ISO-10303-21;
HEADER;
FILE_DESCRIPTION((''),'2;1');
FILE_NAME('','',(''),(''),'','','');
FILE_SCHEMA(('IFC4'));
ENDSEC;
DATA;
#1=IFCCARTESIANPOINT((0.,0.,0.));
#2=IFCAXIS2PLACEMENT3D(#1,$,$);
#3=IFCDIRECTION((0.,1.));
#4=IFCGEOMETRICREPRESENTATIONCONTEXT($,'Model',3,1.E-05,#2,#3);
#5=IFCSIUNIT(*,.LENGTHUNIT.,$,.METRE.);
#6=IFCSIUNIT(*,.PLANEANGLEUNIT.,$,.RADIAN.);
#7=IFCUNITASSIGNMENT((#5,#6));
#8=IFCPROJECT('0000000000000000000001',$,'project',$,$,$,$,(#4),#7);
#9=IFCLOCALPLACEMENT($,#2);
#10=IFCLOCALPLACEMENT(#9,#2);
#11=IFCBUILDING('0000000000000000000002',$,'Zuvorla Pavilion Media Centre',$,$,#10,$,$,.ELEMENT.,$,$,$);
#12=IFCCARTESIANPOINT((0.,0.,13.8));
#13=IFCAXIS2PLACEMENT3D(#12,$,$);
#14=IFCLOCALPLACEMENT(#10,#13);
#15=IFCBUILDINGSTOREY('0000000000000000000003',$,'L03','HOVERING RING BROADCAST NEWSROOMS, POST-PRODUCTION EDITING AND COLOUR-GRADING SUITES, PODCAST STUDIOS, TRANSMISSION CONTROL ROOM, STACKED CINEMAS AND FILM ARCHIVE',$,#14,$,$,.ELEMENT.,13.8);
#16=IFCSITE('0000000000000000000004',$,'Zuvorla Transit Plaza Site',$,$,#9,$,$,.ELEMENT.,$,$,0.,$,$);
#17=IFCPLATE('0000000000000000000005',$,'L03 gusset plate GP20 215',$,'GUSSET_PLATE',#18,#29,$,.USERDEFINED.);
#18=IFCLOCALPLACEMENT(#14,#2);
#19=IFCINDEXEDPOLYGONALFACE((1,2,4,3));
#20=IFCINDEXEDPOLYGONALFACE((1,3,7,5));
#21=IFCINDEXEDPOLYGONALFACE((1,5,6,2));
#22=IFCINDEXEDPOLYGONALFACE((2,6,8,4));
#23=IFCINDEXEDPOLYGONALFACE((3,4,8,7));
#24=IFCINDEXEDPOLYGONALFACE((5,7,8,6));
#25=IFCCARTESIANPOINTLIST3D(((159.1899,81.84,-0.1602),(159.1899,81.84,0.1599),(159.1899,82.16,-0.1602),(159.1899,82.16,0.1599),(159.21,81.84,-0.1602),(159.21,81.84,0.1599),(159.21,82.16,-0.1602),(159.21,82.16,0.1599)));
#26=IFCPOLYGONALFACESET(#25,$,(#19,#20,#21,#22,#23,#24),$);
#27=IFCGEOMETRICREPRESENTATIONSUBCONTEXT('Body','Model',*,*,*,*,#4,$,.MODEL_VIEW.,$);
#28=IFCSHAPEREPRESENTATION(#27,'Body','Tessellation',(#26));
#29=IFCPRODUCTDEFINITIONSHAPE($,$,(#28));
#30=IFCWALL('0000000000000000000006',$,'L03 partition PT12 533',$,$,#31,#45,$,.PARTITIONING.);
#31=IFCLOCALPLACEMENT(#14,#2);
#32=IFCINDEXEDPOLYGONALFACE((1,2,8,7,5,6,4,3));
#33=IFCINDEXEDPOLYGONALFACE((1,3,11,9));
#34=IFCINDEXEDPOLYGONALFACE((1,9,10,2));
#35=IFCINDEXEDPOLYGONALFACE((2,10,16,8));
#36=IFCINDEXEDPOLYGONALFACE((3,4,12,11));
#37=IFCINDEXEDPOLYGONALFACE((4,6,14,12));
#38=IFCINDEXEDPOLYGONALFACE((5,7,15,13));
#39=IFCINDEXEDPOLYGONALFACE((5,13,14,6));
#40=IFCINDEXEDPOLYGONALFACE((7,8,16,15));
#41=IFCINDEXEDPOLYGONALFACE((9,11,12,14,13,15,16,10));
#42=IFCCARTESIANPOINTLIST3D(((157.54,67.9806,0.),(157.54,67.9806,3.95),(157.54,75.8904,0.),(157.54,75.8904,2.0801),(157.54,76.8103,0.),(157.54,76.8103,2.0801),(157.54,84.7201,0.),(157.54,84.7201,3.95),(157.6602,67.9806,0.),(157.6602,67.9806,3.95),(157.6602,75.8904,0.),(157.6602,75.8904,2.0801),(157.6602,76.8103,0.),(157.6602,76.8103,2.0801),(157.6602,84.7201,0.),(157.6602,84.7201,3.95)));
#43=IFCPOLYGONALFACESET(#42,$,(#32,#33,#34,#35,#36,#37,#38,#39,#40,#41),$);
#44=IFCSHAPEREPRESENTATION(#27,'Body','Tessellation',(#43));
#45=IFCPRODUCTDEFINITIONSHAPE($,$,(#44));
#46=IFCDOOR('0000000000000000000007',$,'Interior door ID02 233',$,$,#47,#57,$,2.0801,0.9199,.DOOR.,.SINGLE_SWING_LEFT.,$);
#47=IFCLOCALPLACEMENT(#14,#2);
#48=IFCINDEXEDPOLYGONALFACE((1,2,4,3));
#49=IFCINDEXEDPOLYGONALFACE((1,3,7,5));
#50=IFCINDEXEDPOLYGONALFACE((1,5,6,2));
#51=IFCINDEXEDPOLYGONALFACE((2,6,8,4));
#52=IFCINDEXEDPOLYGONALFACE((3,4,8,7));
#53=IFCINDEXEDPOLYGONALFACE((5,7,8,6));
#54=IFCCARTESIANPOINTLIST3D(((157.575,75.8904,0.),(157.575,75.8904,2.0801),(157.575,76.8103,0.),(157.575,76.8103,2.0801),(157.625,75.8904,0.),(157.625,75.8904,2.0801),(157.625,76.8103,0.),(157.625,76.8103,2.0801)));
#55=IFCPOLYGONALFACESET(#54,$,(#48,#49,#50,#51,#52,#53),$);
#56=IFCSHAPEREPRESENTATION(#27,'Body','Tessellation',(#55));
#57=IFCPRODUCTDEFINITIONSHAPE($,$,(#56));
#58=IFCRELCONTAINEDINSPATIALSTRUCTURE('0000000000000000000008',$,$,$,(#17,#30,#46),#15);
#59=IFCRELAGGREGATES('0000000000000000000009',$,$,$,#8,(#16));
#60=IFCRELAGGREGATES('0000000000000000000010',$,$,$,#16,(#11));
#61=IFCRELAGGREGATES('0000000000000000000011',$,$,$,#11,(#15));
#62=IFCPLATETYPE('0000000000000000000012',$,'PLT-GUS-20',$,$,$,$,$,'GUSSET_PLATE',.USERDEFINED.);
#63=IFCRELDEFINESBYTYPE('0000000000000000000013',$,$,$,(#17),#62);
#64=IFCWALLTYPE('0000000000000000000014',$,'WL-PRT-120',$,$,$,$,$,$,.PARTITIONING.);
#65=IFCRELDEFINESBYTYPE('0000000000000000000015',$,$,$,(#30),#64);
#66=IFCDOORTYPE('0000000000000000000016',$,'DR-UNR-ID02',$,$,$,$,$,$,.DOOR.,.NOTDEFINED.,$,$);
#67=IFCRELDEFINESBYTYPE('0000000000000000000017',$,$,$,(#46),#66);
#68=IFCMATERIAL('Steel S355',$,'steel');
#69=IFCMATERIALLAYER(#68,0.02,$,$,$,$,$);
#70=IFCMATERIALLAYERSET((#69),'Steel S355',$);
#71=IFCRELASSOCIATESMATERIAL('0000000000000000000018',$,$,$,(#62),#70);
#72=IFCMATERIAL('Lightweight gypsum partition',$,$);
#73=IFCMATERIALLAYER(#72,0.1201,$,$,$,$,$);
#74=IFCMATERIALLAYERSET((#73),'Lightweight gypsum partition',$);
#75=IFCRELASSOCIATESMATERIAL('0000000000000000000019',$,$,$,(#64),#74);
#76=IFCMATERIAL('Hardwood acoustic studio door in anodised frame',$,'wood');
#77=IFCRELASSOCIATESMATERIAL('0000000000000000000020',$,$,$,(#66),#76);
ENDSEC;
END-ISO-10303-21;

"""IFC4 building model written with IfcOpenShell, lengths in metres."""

from ifc_helpers import new_model, si_unit, direction, frame, frame_2d, origin, origin_2d, place, context, subcontext, project, spatial, rectangle, extrude, material, layer, layer_set, type_object, element, fill, save


model = new_model("IFC4")

# Units and contexts
model_context = context("Model", 3, precision=1e-05, world=origin(), true_north=direction((0.0, 1.0)))
body_context = subcontext(model_context, "Body", "Model", "MODEL_VIEW")
ifc_project = project(units=[si_unit("LENGTHUNIT", "METRE"), si_unit("PLANEANGLEUNIT", "RADIAN")], contexts=[model_context])

# Site, building, storey
site_placement = place(None, origin())
site = spatial("IfcSite", under=ifc_project, at=site_placement, Name="Zuvorla Transit Plaza Site", CompositionType="ELEMENT", RefElevation=0.0)
building_placement = place(site_placement, origin())
building = spatial("IfcBuilding", under=site, at=building_placement, Name="Zuvorla Pavilion Media Centre", CompositionType="ELEMENT")
storey_placement = place(building_placement, frame((0.0, 0.0, 13.8)))
storey = spatial("IfcBuildingStorey", under=building, at=storey_placement, Name="L03", Description="HOVERING RING BROADCAST NEWSROOMS, POST-PRODUCTION EDITING AND COLOUR-GRADING SUITES, PODCAST STUDIOS, TRANSMISSION CONTROL ROOM, STACKED CINEMAS AND FILM ARCHIVE", CompositionType="ELEMENT", Elevation=13.8)

# Shared definitions
ifc_material_1 = material(Name="Steel S355", Category="steel")

# Plate
ifc_layer_1 = layer(ifc_material_1, 0.02)
ifc_layer_set_1 = layer_set([ifc_layer_1], Name="Steel S355")
plate_type_1 = type_object("IfcPlateType", Name="PLT-GUS-20", ElementType="GUSSET_PLATE", PredefinedType="USERDEFINED", material=ifc_layer_set_1)
plate_1_placement = place(storey_placement, frame((159.2, 82.0, -0.1602), z_axis=(0.0, 0.0, 1.0), x_axis=(1.0, 0.0, 0.0)))
element("IfcPlate", 1, at=plate_1_placement, inside=storey, type_object=plate_type_1, Name="L03 gusset plate GP20 215", ObjectType="GUSSET_PLATE", PredefinedType="USERDEFINED", context=body_context, shape_type="SweptSolid", body=[
    extrude(rectangle(XDim=0.02, YDim=0.3201, at=origin_2d()), origin(), (0.0, 0.0, 1.0), 0.3201),
])

# Wall, opening, door
ifc_material_2 = material(Name="Lightweight gypsum partition")
ifc_layer_2 = layer(ifc_material_2, 0.1201)
ifc_layer_set_2 = layer_set([ifc_layer_2], Name="Lightweight gypsum partition")
wall_type = type_object("IfcWallType", Name="WL-PRT-120", PredefinedType="PARTITIONING", material=ifc_layer_set_2)
wall_placement = place(storey_placement, frame((157.6001, 84.72, 0.0), z_axis=(0.0, 0.0, 1.0), x_axis=(0.0, -1.0, 0.0)))
wall = element("IfcWall", 2, at=wall_placement, inside=storey, type_object=wall_type, Name="L03 partition PT12 533", PredefinedType="PARTITIONING", context=body_context, shape_type="SweptSolid", body=[
    extrude(rectangle(XDim=16.7395, YDim=0.1201, at=frame_2d((8.3696, 0.0))), origin(), (0.0, 0.0, 1.0), 3.95),
])
opening_placement = place(wall_placement, frame((7.9097, 0.0, 0.0)))
opening = element("IfcOpeningElement", 3, at=opening_placement, cuts=wall, PredefinedType="OPENING", context=body_context, shape_type="SweptSolid", body=[
    extrude(rectangle(XDim=0.9199, YDim=2.0801, at=frame_2d((0.46, 1.04))), frame((0.0, 0.0701, 0.0), z_axis=(0.0, -1.0, 0.0), x_axis=(1.0, 0.0, 0.0)), (0.0, 0.0, 1.0), 0.1401),
])
ifc_material_3 = material(Name="Hardwood acoustic studio door in anodised frame", Category="wood")
door_type = type_object("IfcDoorType", Name="DR-UNR-ID02", OperationType="NOTDEFINED", PredefinedType="DOOR", material=ifc_material_3)
door_placement = place(opening_placement, origin())
door = element("IfcDoor", 4, at=door_placement, inside=storey, type_object=door_type, Name="Interior door ID02 233", OperationType="SINGLE_SWING_LEFT", OverallHeight=2.0801, OverallWidth=0.9199, PredefinedType="DOOR", context=body_context, shape_type="SweptSolid", body=[
    extrude(rectangle(XDim=0.9199, YDim=2.0801, at=frame_2d((0.46, 1.04))), frame((0.0, 0.0249, 0.0), z_axis=(0.0, -1.0, 0.0), x_axis=(1.0, 0.0, 0.0)), (0.0, 0.0, 1.0), 0.05),
])
fill(opening, door)

save(model, "model.ifc")
